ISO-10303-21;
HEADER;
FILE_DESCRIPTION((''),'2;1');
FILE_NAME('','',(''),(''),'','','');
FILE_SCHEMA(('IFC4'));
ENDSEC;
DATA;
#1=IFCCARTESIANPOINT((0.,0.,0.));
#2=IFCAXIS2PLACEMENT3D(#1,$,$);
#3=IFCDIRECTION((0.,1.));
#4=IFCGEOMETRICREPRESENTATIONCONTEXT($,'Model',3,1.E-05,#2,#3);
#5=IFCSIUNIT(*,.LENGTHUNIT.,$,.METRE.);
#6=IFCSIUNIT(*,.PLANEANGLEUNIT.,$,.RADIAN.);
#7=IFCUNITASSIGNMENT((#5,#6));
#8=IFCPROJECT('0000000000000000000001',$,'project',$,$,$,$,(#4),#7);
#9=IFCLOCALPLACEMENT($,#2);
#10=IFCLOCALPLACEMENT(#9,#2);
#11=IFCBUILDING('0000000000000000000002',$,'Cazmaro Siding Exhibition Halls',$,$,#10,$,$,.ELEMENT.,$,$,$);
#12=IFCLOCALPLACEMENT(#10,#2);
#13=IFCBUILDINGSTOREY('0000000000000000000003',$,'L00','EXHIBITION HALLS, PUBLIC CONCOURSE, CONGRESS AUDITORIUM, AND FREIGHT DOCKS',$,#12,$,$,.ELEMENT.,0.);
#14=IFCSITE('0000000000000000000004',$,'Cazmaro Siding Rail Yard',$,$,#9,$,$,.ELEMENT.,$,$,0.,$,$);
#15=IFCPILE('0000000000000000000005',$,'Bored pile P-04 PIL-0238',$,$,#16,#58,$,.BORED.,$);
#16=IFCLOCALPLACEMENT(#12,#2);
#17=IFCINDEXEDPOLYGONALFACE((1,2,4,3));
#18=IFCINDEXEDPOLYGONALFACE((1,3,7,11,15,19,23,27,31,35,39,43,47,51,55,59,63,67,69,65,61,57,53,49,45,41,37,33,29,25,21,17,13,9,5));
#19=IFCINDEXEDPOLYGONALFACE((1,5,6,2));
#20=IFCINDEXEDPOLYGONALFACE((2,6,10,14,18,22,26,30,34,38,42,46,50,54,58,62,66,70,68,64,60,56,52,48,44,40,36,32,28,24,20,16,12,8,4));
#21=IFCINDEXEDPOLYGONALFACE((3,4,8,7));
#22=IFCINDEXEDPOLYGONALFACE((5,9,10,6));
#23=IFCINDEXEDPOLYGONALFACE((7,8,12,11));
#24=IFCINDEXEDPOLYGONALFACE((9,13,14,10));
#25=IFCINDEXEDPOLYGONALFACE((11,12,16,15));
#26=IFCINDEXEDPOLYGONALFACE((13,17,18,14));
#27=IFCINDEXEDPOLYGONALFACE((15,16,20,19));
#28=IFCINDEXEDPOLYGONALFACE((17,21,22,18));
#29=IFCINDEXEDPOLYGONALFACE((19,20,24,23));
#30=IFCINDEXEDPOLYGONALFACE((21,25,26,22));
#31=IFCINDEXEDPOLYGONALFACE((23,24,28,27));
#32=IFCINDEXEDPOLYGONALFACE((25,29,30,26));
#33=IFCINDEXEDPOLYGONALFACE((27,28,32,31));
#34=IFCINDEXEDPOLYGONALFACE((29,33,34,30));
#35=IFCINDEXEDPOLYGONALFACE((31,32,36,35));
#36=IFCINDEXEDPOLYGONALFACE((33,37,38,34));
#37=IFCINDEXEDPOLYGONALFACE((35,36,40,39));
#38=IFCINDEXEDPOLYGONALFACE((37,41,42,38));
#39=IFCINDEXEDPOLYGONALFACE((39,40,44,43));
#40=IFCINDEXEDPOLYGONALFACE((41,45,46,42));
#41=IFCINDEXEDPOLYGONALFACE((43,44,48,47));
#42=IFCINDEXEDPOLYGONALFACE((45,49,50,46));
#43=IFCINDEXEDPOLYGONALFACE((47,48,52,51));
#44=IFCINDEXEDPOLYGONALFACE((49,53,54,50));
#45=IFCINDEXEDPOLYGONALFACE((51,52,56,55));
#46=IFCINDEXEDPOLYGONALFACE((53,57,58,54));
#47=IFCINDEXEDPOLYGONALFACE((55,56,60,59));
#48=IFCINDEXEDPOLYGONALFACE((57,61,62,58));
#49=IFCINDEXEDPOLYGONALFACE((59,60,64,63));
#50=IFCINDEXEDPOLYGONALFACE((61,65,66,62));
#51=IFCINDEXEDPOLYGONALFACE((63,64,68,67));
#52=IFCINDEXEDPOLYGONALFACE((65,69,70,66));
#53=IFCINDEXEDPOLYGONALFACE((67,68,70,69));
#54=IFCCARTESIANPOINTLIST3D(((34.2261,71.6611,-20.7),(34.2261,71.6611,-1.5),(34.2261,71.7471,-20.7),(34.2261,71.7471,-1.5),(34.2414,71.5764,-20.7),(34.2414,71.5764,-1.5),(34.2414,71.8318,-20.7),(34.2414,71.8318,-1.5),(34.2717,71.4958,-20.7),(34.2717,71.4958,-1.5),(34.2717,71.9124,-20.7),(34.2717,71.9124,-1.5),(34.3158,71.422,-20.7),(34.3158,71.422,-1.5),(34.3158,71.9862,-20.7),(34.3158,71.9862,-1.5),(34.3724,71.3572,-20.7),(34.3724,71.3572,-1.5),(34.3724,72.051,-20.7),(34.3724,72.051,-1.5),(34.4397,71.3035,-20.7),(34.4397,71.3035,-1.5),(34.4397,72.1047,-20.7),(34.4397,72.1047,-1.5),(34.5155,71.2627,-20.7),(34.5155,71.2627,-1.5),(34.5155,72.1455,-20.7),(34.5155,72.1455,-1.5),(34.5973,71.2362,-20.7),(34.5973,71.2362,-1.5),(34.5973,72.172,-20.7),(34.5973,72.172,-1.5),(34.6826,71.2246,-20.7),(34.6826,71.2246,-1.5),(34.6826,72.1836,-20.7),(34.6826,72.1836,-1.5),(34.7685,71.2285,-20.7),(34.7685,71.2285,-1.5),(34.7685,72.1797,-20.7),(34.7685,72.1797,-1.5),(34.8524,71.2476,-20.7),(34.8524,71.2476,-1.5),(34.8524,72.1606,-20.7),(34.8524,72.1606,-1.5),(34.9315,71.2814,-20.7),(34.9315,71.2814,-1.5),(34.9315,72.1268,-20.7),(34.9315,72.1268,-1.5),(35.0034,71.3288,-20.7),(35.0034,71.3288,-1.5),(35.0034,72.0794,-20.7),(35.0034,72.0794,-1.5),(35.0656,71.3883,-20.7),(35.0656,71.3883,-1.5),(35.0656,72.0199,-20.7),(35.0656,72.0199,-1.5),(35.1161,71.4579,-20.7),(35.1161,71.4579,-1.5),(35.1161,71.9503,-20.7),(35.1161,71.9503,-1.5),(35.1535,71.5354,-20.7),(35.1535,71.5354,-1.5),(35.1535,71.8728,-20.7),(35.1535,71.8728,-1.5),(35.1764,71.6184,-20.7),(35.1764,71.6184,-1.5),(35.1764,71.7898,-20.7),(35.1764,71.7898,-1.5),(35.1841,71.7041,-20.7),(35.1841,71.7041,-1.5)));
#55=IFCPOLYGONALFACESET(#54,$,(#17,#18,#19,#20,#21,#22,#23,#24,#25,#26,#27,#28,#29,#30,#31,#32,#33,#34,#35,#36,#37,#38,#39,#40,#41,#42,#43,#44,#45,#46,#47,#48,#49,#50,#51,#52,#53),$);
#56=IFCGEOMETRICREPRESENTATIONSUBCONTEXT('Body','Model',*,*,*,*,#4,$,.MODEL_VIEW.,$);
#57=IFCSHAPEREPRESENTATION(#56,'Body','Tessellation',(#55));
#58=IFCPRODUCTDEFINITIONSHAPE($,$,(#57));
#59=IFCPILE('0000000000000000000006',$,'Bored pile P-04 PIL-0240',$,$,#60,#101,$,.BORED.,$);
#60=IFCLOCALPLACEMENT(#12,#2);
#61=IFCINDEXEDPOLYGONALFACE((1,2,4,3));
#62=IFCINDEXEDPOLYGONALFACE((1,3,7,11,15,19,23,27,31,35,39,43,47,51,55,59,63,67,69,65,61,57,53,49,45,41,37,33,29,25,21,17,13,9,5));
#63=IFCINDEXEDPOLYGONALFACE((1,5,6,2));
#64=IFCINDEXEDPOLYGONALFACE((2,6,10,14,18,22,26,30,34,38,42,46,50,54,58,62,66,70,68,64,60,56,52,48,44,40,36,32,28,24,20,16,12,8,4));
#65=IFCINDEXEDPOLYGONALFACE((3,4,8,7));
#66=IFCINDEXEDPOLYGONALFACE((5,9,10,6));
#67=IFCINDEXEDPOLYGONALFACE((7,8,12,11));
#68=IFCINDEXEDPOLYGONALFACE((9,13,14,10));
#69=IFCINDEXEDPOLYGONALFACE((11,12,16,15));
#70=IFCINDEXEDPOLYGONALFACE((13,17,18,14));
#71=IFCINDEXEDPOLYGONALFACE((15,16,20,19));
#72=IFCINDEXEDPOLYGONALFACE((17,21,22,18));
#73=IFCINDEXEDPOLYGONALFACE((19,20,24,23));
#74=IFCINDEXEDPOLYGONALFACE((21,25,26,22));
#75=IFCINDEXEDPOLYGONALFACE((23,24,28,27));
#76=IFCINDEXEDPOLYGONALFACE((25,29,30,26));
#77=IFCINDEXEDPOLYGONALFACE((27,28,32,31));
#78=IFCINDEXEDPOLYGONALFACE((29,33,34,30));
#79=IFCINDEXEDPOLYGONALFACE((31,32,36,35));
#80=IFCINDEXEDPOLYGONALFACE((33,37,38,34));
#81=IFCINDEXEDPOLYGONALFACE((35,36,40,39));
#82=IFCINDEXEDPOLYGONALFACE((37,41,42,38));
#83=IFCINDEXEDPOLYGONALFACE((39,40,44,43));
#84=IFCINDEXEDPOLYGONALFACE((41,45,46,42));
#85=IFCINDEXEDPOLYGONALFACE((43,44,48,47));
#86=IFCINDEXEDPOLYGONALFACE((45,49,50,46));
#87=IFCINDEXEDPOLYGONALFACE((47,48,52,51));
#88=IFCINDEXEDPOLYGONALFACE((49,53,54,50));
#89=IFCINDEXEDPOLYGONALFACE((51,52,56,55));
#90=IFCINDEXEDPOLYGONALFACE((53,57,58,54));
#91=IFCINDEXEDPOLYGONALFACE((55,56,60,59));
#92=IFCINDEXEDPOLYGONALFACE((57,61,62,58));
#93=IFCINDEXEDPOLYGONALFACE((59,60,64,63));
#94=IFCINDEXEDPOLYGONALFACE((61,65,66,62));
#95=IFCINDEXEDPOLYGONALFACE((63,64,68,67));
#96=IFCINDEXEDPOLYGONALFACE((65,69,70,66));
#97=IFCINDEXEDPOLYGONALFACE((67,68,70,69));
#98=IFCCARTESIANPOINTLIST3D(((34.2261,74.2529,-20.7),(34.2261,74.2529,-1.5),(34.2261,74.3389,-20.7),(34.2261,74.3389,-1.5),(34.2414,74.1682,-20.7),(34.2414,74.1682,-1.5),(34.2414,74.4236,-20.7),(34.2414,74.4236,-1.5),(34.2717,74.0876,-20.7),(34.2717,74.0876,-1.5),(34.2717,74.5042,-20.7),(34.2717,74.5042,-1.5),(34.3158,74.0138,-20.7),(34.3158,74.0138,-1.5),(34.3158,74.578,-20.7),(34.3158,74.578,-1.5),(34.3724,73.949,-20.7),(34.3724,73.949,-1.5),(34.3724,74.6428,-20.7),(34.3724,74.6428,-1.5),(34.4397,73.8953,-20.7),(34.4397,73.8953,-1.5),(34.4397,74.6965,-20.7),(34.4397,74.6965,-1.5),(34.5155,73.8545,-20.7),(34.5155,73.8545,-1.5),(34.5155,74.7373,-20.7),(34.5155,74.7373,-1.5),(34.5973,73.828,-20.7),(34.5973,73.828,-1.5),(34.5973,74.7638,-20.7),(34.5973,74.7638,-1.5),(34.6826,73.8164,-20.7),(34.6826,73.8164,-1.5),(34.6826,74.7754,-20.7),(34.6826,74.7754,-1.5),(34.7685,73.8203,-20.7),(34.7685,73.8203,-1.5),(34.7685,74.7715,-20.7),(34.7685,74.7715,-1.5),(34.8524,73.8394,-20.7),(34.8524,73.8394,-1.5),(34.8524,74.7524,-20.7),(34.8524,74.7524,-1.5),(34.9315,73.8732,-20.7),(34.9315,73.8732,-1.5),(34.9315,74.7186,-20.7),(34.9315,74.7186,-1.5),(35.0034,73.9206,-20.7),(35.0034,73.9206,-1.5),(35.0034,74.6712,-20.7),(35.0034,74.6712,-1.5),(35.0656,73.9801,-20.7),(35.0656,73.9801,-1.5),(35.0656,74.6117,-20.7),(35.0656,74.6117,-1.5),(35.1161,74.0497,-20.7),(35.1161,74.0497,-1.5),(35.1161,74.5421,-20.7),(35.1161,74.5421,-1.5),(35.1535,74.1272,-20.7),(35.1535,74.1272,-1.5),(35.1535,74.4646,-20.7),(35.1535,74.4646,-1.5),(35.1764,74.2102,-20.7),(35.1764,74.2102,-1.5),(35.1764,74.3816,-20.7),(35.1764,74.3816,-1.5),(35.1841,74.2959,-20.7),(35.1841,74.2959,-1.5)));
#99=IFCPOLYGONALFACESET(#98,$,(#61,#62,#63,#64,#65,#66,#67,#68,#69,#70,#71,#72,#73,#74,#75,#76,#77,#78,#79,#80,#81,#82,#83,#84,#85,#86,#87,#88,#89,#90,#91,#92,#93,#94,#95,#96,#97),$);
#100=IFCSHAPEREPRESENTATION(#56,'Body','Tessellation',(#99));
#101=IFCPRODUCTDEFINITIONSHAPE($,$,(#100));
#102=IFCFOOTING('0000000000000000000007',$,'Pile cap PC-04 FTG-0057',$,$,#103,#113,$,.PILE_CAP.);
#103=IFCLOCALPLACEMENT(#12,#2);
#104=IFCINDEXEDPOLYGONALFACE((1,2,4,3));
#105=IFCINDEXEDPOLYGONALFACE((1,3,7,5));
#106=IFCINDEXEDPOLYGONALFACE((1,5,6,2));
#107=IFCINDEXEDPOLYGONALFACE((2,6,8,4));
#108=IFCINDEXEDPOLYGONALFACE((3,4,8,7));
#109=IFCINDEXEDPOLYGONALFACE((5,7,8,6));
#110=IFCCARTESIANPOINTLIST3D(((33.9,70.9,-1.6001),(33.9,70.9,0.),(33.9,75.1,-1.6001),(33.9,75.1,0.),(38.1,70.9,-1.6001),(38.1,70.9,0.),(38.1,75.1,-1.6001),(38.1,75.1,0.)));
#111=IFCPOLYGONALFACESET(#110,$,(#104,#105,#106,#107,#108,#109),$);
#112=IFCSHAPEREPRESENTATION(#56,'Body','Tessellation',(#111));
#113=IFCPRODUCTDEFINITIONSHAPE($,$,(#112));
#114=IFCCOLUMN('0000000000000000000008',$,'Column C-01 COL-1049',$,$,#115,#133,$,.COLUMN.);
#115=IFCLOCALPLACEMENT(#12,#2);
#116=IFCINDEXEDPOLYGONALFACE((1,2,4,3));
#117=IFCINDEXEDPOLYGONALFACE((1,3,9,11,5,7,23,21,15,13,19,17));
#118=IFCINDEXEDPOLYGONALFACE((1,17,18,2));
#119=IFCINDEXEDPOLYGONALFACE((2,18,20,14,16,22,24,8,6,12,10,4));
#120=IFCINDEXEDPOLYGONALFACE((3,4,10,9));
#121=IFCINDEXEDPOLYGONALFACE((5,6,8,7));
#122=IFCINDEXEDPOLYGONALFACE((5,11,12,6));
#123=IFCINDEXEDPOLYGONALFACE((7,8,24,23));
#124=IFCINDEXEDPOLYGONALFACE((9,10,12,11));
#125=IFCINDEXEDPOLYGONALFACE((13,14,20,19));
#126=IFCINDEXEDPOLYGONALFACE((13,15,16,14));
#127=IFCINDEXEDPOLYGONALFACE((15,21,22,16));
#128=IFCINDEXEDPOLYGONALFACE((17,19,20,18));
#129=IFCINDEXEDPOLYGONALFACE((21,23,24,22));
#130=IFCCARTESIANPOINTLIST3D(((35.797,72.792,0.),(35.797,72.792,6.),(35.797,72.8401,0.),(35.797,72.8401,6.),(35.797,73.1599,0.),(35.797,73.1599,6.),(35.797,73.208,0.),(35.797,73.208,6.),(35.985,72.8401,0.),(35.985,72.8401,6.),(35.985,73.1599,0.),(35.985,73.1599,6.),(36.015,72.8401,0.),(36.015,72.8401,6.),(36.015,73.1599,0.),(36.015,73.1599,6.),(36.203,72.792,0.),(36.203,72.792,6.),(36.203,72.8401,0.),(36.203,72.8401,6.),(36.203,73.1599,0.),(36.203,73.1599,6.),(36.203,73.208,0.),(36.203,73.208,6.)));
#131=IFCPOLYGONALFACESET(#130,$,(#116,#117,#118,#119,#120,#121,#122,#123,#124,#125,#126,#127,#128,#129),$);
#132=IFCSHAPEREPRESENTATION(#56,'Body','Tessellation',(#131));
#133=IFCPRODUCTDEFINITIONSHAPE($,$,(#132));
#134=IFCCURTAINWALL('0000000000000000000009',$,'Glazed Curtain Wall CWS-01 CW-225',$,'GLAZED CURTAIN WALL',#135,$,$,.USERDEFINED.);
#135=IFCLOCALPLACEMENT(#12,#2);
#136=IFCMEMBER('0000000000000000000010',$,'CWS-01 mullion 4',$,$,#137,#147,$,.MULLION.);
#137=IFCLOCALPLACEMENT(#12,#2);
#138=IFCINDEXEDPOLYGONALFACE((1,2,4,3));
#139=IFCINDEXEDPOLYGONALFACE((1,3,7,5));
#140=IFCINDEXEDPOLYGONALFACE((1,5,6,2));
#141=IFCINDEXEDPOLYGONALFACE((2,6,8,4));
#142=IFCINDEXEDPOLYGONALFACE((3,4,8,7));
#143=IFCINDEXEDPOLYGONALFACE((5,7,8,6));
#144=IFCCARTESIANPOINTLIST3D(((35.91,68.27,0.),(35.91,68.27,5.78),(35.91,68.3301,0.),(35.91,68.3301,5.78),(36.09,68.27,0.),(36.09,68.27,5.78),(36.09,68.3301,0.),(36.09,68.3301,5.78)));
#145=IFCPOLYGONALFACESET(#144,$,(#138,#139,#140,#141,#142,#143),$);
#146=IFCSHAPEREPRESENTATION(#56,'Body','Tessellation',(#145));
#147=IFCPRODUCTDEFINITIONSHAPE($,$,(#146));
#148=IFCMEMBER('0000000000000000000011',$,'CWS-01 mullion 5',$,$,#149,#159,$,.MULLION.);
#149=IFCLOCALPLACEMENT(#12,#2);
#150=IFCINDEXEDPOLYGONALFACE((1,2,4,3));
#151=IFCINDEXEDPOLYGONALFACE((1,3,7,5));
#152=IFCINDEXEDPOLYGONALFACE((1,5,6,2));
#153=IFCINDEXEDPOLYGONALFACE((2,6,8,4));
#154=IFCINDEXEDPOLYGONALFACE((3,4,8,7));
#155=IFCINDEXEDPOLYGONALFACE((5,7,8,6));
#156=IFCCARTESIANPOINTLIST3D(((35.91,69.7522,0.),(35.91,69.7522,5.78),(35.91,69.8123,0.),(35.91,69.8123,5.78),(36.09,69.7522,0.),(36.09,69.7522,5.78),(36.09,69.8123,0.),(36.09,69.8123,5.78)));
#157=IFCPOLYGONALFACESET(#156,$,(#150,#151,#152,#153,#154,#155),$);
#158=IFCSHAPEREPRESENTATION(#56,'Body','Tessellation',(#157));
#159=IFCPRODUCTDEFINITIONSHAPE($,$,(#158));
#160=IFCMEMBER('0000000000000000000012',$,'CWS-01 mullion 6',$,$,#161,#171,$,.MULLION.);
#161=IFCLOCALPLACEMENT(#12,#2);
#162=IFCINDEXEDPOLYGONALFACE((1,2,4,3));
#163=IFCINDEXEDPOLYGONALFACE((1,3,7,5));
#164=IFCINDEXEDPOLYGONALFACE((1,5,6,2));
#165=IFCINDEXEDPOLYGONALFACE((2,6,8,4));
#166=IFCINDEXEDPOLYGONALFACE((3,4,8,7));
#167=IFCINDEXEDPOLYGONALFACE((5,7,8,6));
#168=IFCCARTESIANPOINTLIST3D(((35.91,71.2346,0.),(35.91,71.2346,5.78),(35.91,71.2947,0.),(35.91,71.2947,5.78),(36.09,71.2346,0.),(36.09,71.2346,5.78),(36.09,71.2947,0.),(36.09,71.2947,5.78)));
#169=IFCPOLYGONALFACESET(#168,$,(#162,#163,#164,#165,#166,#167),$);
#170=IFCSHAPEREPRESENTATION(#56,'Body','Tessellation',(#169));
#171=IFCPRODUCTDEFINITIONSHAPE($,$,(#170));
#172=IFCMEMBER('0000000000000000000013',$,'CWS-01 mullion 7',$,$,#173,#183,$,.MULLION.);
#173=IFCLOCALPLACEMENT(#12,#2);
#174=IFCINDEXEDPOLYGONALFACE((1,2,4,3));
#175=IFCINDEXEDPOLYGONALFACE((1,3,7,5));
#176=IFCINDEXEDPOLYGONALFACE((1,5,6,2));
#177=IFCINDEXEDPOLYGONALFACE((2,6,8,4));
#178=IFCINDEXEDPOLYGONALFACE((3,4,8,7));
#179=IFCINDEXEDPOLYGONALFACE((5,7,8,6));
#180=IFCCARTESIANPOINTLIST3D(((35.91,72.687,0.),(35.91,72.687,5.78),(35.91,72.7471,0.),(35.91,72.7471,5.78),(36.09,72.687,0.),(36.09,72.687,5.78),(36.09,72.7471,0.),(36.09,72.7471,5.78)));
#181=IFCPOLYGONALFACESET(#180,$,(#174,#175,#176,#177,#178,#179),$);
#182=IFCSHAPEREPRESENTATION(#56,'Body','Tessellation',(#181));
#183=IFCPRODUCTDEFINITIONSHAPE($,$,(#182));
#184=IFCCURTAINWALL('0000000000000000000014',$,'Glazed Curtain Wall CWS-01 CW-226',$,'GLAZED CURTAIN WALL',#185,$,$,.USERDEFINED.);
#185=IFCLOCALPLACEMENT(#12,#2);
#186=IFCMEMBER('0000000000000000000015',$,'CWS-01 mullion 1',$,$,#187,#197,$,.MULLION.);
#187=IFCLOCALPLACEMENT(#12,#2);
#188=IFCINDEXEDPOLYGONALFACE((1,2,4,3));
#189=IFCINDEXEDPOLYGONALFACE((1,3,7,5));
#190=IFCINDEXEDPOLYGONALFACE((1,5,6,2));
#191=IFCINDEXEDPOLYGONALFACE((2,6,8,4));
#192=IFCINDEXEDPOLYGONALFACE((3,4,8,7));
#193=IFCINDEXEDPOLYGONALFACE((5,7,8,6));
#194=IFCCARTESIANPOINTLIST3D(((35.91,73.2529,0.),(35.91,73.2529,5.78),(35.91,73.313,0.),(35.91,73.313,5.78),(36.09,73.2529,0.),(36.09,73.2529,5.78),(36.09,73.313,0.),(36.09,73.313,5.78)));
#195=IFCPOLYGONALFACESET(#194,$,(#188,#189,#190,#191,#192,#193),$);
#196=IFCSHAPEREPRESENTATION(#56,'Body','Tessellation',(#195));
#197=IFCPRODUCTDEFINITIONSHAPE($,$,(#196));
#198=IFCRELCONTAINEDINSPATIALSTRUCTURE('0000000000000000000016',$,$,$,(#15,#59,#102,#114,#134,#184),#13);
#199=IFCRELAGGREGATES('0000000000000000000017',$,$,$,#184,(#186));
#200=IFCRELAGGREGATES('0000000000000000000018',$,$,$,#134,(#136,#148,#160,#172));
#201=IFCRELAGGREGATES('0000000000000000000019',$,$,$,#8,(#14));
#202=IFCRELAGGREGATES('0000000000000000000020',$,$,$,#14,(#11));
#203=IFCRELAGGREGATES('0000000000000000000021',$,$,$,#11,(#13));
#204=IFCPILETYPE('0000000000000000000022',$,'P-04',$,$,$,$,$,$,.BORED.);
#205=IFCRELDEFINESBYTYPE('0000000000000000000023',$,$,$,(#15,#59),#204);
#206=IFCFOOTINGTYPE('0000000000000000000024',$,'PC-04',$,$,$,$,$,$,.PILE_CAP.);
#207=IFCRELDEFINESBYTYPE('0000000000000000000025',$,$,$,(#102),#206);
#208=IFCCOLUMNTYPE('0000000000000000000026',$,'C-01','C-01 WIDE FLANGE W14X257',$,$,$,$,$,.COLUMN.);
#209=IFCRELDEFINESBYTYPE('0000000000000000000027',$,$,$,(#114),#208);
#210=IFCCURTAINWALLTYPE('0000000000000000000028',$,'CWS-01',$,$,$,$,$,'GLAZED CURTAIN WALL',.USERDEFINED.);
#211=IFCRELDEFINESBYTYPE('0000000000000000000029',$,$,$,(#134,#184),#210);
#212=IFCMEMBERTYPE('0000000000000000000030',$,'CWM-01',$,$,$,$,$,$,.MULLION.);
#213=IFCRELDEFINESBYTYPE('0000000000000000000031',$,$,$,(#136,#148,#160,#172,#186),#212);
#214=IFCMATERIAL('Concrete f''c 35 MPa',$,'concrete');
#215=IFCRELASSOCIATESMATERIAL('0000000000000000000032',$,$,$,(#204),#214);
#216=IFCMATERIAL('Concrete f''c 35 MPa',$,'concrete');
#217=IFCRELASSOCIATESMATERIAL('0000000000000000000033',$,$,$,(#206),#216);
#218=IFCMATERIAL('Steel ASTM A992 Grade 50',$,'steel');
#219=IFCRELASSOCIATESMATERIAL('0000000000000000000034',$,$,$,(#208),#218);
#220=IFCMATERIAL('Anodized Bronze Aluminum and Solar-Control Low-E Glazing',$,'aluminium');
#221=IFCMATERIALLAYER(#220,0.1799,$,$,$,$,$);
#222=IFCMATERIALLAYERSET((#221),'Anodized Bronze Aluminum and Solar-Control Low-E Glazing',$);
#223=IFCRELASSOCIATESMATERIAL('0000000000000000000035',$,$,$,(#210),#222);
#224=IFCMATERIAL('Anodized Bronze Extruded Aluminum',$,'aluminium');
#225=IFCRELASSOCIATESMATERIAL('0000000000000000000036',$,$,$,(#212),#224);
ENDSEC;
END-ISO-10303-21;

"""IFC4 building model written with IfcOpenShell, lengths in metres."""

from ifc_helpers import new_model, si_unit, direction, frame, origin, origin_2d, place, context, subcontext, project, spatial, rectangle, circle, i_section, extrude, material, layer, layer_set, material_profile, profile_set, type_object, element, aggregate, save


model = new_model("IFC4")

# Units and contexts
model_context = context("Model", 3, precision=1e-05, world=origin(), true_north=direction((0.0, 1.0)))
body_context = subcontext(model_context, "Body", "Model", "MODEL_VIEW")
ifc_project = project(units=[si_unit("LENGTHUNIT", "METRE"), si_unit("PLANEANGLEUNIT", "RADIAN")], contexts=[model_context])

# Site, building, storey
site_placement = place(None, origin())
site = spatial("IfcSite", under=ifc_project, at=site_placement, Name="Cazmaro Siding Rail Yard", CompositionType="ELEMENT", RefElevation=0.0)
building_placement = place(site_placement, origin())
building = spatial("IfcBuilding", under=site, at=building_placement, Name="Cazmaro Siding Exhibition Halls", CompositionType="ELEMENT")
storey_placement = place(building_placement, origin())
storey = spatial("IfcBuildingStorey", under=building, at=storey_placement, Name="L00", Description="EXHIBITION HALLS, PUBLIC CONCOURSE, CONGRESS AUDITORIUM, AND FREIGHT DOCKS", CompositionType="ELEMENT", Elevation=0.0)

# Piles
ifc_material_1 = material(Name="Concrete f'c 35 MPa", Category="concrete")
ifc_material_profile_1 = material_profile(ifc_material_1, circle(Radius=0.48, at=origin_2d()), Name="CIDH-960")
ifc_profile_set_1 = profile_set([ifc_material_profile_1], Name="Concrete f'c 35 MPa")
pile_type = type_object("IfcPileType", Name="P-04", PredefinedType="BORED", material=ifc_profile_set_1)
for number, where, z_axis, x_axis, name in (
    (1, (34.7041, 71.7041, -1.5), (0.0, 0.0, -1.0), (1.0, 0.0, 0.0), "Bored pile P-04 PIL-0238"),
    (2, (34.7041, 74.2959, -1.5), (0.0, 0.0, -1.0), (1.0, 0.0, 0.0), "Bored pile P-04 PIL-0240"),
):
    element("IfcPile", number, at=place(storey_placement, frame(where, z_axis=z_axis, x_axis=x_axis)), inside=storey, type_object=pile_type, Name=name, PredefinedType="BORED", context=body_context, shape_type="SweptSolid", body=[
        extrude(circle(Radius=0.48, at=origin_2d()), origin(), (0.0, 0.0, 1.0), 19.2),
    ])

# Footing
ifc_material_2 = material(Name="Concrete f'c 35 MPa", Category="concrete")
footing_type = type_object("IfcFootingType", Name="PC-04", PredefinedType="PILE_CAP", material=ifc_material_2)
footing_placement = place(storey_placement, frame((36.0, 73.0, -1.6001), z_axis=(0.0, 0.0, 1.0), x_axis=(1.0, 0.0, 0.0)))
element("IfcFooting", 3, at=footing_placement, inside=storey, type_object=footing_type, Name="Pile cap PC-04 FTG-0057", PredefinedType="PILE_CAP", context=body_context, shape_type="SweptSolid", body=[
    extrude(rectangle(XDim=4.2, YDim=4.2, at=origin_2d()), origin(), (0.0, 0.0, 1.0), 1.6001),
])

# Column
ifc_material_3 = material(Name="Steel ASTM A992 Grade 50", Category="steel")
ifc_material_profile_2 = material_profile(ifc_material_3, i_section(OverallWidth=0.406, OverallDepth=0.416, WebThickness=0.03, FlangeThickness=0.0481, at=origin_2d()), Name="W14X257")
ifc_profile_set_2 = profile_set([ifc_material_profile_2], Name="Steel ASTM A992 Grade 50")
column_type = type_object("IfcColumnType", Name="C-01", Description="C-01 WIDE FLANGE W14X257", PredefinedType="COLUMN", material=ifc_profile_set_2)
column_placement = place(storey_placement, frame((36.0, 73.0, 0.0), z_axis=(0.0, 0.0, 1.0), x_axis=(1.0, 0.0, 0.0)))
element("IfcColumn", 4, at=column_placement, inside=storey, type_object=column_type, Name="Column C-01 COL-1049", PredefinedType="COLUMN", context=body_context, shape_type="SweptSolid", body=[
    extrude(i_section(OverallWidth=0.406, OverallDepth=0.416, WebThickness=0.03, FlangeThickness=0.0481, at=origin_2d()), origin(), (0.0, 0.0, 1.0), 6.0),
])

# Curtain wall, members
ifc_material_4 = material(Name="Anodized Bronze Aluminum and Solar-Control Low-E Glazing", Category="aluminium")
ifc_layer_1 = layer(ifc_material_4, 0.1799)
ifc_layer_set_1 = layer_set([ifc_layer_1], Name="Anodized Bronze Aluminum and Solar-Control Low-E Glazing")
curtain_wall_type = type_object("IfcCurtainWallType", Name="CWS-01", ElementType="GLAZED CURTAIN WALL", PredefinedType="USERDEFINED", material=ifc_layer_set_1)
curtain_wall_1_placement = place(storey_placement, origin())
curtain_wall_1 = element("IfcCurtainWall", 5, at=curtain_wall_1_placement, inside=storey, type_object=curtain_wall_type, Name="Glazed Curtain Wall CWS-01 CW-225", ObjectType="GLAZED CURTAIN WALL", PredefinedType="USERDEFINED")
ifc_material_5 = material(Name="Anodized Bronze Extruded Aluminum", Category="aluminium")
ifc_material_profile_3 = material_profile(ifc_material_5, rectangle(XDim=0.1799, YDim=0.0601, at=origin_2d()), Name="CWM-01")
ifc_profile_set_3 = profile_set([ifc_material_profile_3], Name="Anodized Bronze Extruded Aluminum")
member_type_1 = type_object("IfcMemberType", Name="CWM-01", PredefinedType="MULLION", material=ifc_profile_set_3)
member_1_placement = place(storey_placement, frame((36.0, 68.3, 0.0), z_axis=(0.0, 0.0, 1.0), x_axis=(-1.0, 0.0, 0.0)))
member_1 = element("IfcMember", 6, at=member_1_placement, type_object=member_type_1, Name="CWS-01 mullion 4", PredefinedType="MULLION", context=body_context, shape_type="SweptSolid", body=[
    extrude(rectangle(XDim=0.1799, YDim=0.0601, at=origin_2d()), origin(), (0.0, 0.0, 1.0), 5.78),
])
member_2_placement = place(storey_placement, frame((36.0, 69.7822, 0.0), z_axis=(0.0, 0.0, 1.0), x_axis=(-1.0, 0.0, 0.0)))
member_2 = element("IfcMember", 7, at=member_2_placement, type_object=member_type_1, Name="CWS-01 mullion 5", PredefinedType="MULLION", context=body_context, shape_type="SweptSolid", body=[
    extrude(rectangle(XDim=0.1799, YDim=0.0601, at=origin_2d()), origin(), (0.0, 0.0, 1.0), 5.78),
])
member_3_placement = place(storey_placement, frame((36.0, 71.2646, 0.0), z_axis=(0.0, 0.0, 1.0), x_axis=(-1.0, 0.0, 0.0)))
member_3 = element("IfcMember", 8, at=member_3_placement, type_object=member_type_1, Name="CWS-01 mullion 6", PredefinedType="MULLION", context=body_context, shape_type="SweptSolid", body=[
    extrude(rectangle(XDim=0.1799, YDim=0.0601, at=origin_2d()), origin(), (0.0, 0.0, 1.0), 5.78),
])
member_4_placement = place(storey_placement, frame((36.0, 72.717, 0.0), z_axis=(0.0, 0.0, 1.0), x_axis=(-1.0, 0.0, 0.0)))
member_4 = element("IfcMember", 9, at=member_4_placement, type_object=member_type_1, Name="CWS-01 mullion 7", PredefinedType="MULLION", context=body_context, shape_type="SweptSolid", body=[
    extrude(rectangle(XDim=0.1799, YDim=0.0601, at=origin_2d()), origin(), (0.0, 0.0, 1.0), 5.78),
])

# Curtain wall, member
curtain_wall_2_placement = place(storey_placement, origin())
curtain_wall_2 = element("IfcCurtainWall", 10, at=curtain_wall_2_placement, inside=storey, type_object=curtain_wall_type, Name="Glazed Curtain Wall CWS-01 CW-226", ObjectType="GLAZED CURTAIN WALL", PredefinedType="USERDEFINED")
member_5_placement = place(storey_placement, frame((36.0, 73.283, 0.0), z_axis=(0.0, 0.0, 1.0), x_axis=(-1.0, 0.0, 0.0)))
member_5 = element("IfcMember", 11, at=member_5_placement, type_object=member_type_1, Name="CWS-01 mullion 1", PredefinedType="MULLION", context=body_context, shape_type="SweptSolid", body=[
    extrude(rectangle(XDim=0.1799, YDim=0.0601, at=origin_2d()), origin(), (0.0, 0.0, 1.0), 5.78),
])

aggregate(curtain_wall_2, [member_5])

aggregate(curtain_wall_1, [member_1, member_2, member_3, member_4])

save(model, "model.ifc")
